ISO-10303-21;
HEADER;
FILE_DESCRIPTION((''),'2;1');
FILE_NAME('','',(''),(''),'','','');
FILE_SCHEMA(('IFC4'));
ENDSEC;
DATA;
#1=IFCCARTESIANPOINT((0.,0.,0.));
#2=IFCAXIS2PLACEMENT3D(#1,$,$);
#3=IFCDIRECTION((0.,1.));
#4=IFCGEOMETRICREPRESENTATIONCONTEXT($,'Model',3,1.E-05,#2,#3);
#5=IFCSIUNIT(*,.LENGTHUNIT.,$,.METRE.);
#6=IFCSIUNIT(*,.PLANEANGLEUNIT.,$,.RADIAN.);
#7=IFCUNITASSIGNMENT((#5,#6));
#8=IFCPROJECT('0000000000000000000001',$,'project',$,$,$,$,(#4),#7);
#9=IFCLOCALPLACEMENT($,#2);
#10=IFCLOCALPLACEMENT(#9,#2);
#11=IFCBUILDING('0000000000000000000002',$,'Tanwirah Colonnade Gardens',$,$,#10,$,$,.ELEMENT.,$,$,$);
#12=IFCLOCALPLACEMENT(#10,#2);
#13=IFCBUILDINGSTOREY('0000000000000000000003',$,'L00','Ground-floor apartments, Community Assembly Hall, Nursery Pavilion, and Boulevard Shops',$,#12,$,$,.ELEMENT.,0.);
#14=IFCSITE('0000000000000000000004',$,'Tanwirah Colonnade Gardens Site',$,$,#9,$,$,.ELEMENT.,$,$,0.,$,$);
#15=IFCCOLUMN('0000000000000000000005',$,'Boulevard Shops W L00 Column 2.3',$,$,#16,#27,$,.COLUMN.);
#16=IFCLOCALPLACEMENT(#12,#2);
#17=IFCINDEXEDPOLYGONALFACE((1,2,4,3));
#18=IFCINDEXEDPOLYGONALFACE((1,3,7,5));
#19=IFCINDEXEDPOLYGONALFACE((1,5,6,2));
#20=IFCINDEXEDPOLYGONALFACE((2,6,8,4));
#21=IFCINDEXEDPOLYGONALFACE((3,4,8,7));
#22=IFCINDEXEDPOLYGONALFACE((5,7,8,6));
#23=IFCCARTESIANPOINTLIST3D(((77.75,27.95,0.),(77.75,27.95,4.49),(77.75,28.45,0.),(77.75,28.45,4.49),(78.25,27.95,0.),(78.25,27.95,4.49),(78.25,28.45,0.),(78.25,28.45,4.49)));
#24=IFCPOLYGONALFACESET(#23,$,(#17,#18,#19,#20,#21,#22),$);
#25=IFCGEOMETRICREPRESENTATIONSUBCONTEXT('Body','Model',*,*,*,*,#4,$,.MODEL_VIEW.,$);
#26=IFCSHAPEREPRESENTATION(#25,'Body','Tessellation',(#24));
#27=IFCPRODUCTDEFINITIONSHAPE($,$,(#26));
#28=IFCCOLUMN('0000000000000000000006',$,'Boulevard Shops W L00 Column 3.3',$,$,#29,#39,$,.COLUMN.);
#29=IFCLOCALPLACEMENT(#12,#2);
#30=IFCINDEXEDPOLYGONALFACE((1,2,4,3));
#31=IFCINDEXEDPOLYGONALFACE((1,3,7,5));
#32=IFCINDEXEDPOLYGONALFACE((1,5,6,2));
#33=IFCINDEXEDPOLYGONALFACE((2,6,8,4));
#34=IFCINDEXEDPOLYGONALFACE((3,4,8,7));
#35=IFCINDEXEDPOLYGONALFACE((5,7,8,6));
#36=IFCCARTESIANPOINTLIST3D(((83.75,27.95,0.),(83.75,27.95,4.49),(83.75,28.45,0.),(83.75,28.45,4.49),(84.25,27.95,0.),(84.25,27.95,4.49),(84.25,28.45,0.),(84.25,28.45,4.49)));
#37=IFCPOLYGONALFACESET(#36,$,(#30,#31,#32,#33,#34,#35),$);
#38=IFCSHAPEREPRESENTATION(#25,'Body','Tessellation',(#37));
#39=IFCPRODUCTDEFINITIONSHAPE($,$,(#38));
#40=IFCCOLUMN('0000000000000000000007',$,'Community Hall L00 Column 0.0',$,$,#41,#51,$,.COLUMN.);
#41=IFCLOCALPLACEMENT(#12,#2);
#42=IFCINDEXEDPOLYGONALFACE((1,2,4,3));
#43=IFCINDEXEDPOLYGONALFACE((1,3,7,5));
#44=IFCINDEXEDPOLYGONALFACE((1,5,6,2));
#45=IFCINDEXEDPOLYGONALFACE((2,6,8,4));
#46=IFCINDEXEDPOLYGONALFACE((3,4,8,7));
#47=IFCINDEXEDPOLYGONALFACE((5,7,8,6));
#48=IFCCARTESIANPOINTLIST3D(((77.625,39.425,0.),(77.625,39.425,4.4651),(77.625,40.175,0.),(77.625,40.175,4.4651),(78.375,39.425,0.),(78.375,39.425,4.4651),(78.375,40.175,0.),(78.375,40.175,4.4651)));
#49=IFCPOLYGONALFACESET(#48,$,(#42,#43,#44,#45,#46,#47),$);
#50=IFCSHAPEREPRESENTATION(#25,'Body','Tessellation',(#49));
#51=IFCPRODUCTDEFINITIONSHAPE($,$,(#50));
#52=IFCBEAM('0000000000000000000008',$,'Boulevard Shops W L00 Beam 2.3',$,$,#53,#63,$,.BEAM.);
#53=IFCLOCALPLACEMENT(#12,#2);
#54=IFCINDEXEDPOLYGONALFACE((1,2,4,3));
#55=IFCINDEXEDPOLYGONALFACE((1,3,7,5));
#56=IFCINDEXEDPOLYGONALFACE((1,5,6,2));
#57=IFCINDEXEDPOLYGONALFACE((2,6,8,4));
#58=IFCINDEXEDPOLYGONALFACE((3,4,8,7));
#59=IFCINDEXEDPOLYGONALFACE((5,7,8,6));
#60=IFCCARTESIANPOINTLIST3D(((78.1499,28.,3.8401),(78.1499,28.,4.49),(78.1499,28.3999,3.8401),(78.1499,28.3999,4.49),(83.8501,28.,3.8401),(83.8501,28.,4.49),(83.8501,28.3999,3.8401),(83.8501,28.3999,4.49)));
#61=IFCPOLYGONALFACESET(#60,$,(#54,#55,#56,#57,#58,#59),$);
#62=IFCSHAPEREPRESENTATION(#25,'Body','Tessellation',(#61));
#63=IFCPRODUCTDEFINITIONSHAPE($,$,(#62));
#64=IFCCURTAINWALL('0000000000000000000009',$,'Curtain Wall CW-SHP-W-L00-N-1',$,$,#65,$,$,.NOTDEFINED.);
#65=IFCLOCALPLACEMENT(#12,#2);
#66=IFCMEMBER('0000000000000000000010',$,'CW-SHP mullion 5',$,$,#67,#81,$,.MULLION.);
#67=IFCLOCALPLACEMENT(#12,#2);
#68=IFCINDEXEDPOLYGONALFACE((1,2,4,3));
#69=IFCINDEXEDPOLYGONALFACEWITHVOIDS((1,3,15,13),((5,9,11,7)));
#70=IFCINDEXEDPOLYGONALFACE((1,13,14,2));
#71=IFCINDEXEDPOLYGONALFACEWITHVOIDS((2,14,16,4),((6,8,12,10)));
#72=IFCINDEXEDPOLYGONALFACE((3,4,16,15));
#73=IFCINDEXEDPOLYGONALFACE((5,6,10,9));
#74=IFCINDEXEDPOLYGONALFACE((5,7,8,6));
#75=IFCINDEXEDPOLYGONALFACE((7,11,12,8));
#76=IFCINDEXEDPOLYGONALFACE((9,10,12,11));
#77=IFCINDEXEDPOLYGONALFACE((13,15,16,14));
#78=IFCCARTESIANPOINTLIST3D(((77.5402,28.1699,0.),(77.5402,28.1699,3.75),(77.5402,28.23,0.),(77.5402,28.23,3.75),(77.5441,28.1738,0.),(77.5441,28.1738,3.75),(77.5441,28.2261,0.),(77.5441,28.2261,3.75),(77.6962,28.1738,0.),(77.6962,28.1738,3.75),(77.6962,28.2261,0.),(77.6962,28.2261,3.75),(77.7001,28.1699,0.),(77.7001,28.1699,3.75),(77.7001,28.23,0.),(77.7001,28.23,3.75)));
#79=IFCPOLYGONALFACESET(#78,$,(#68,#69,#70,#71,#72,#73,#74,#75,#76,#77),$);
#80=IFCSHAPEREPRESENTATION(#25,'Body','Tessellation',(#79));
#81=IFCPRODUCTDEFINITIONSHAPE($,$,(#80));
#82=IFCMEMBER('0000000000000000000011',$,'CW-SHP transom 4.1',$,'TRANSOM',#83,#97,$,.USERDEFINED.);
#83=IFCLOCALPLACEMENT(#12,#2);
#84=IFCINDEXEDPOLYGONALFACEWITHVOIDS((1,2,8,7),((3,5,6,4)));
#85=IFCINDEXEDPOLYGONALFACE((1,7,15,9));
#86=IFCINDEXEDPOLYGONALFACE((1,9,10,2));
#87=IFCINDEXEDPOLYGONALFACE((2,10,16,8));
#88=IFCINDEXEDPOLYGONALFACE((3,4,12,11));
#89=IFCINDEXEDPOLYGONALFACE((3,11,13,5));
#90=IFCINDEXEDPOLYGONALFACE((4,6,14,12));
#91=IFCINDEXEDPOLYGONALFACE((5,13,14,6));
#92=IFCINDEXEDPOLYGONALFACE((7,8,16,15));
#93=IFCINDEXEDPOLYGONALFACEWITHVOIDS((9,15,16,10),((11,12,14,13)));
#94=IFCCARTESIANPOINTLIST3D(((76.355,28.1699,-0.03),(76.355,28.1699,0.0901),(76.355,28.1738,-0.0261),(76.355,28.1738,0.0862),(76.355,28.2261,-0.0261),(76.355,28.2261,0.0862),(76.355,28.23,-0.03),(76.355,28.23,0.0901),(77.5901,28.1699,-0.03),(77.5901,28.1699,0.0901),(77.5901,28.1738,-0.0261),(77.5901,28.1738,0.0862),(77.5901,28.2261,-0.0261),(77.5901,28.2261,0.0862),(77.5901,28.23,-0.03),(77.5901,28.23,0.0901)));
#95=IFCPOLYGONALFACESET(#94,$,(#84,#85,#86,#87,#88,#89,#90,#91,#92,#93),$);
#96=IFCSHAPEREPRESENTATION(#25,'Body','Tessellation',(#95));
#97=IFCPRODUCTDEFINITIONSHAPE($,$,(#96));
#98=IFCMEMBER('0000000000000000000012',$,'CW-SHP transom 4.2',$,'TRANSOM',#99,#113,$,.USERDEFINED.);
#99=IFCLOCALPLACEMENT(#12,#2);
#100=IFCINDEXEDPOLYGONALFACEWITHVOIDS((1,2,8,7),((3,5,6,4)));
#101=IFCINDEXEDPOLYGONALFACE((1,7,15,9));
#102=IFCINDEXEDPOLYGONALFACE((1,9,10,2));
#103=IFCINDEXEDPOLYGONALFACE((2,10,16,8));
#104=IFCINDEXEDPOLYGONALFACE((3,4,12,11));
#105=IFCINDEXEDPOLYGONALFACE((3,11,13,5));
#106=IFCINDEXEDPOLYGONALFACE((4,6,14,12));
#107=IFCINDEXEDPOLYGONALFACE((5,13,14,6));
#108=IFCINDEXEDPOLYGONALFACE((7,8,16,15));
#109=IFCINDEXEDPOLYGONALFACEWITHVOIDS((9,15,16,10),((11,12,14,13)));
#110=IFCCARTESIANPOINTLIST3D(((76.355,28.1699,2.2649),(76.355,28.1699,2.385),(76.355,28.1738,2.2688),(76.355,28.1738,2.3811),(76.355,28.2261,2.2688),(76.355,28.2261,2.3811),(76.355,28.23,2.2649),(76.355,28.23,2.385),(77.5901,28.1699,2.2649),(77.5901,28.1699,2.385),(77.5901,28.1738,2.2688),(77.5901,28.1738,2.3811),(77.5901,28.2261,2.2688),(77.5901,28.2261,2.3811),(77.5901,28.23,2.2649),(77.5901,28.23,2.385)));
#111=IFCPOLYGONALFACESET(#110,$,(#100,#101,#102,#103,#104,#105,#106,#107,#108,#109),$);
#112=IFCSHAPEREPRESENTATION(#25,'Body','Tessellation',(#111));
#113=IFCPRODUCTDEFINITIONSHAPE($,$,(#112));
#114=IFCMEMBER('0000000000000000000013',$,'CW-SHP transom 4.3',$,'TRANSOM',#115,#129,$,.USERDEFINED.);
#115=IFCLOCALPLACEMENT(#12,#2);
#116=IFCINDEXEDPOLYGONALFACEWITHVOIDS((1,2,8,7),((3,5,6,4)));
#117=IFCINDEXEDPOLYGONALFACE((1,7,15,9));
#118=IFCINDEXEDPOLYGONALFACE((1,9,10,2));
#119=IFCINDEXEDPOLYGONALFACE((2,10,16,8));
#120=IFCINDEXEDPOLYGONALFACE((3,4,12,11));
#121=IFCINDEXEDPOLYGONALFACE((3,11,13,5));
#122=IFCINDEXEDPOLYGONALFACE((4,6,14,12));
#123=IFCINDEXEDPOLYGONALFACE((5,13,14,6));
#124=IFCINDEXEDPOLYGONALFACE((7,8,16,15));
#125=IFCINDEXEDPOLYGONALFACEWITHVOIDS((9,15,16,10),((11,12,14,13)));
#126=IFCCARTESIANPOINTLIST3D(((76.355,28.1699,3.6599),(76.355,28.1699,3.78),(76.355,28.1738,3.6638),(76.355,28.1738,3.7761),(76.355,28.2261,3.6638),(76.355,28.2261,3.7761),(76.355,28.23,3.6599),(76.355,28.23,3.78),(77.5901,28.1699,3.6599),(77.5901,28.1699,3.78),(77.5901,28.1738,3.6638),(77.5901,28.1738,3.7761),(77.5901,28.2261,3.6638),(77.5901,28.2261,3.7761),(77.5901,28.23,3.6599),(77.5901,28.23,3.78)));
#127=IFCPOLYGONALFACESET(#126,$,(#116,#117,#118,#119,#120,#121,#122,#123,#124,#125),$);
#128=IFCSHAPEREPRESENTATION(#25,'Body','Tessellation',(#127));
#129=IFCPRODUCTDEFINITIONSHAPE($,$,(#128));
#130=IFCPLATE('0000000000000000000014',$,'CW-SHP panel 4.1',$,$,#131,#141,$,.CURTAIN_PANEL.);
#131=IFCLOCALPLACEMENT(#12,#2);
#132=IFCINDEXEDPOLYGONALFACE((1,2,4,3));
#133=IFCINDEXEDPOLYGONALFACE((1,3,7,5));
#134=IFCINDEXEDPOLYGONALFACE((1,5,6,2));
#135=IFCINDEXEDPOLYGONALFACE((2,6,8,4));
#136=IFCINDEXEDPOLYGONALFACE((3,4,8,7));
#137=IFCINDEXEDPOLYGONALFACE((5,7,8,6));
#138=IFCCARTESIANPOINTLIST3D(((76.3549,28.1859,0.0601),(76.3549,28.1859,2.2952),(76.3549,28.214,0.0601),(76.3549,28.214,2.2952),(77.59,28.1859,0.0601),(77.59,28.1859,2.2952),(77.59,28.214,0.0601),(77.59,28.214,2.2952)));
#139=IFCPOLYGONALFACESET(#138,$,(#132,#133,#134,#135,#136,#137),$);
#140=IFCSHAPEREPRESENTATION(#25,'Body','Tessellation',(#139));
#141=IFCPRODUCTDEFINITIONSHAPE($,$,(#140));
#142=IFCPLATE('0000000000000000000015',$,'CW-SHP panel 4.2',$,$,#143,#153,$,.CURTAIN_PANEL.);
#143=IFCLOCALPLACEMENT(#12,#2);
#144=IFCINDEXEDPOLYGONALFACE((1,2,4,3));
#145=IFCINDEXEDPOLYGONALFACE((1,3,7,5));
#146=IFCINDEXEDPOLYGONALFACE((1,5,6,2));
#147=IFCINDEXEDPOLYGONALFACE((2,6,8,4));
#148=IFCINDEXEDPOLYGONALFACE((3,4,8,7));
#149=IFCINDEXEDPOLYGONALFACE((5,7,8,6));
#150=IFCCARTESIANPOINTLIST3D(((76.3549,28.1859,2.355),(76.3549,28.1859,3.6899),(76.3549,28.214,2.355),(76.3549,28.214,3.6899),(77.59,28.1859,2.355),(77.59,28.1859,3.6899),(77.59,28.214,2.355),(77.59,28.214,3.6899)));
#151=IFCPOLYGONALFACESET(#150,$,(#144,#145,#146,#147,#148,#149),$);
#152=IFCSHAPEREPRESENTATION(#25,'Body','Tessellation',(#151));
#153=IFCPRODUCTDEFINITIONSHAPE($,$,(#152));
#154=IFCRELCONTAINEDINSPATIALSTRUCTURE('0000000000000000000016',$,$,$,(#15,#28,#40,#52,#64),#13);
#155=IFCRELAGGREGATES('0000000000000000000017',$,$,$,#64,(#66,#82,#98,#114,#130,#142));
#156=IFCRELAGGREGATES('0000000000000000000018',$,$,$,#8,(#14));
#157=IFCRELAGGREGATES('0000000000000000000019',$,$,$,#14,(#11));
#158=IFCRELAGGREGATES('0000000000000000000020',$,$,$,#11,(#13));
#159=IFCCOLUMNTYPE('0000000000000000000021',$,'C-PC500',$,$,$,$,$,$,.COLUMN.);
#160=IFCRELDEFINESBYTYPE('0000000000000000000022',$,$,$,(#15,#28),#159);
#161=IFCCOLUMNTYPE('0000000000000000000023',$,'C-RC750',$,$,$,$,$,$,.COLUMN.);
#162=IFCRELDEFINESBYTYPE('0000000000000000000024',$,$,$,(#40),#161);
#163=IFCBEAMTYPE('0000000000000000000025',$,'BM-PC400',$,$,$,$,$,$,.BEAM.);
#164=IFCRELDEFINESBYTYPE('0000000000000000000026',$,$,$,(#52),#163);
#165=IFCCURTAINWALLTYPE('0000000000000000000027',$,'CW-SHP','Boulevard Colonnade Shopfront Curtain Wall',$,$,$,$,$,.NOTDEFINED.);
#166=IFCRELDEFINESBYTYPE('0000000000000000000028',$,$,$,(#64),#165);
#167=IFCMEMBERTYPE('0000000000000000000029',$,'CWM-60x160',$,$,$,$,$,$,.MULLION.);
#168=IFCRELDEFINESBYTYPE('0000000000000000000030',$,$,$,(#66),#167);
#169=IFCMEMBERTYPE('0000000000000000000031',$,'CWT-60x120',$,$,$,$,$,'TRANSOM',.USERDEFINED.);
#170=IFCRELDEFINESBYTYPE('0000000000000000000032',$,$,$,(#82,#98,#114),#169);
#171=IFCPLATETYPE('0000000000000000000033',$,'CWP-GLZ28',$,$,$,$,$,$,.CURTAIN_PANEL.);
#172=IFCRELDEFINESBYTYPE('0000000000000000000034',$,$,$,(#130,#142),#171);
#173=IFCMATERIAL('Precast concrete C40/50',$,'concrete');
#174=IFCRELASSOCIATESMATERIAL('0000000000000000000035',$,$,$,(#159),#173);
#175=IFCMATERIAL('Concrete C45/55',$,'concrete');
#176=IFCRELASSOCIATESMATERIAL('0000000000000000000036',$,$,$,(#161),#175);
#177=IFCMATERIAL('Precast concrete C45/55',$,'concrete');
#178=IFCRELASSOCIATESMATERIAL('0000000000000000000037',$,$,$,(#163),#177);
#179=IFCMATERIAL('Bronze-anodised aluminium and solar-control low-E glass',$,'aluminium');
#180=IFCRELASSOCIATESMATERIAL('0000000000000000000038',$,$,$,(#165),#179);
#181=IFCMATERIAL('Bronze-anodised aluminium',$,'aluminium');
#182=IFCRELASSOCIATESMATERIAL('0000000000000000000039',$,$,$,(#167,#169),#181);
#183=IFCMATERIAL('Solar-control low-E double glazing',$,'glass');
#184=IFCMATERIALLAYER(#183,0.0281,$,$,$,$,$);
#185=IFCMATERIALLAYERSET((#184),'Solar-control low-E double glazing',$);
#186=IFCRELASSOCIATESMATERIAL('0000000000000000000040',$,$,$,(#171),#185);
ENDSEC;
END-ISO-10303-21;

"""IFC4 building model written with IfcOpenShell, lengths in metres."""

from ifc_helpers import new_model, si_unit, direction, frame, origin, origin_2d, place, context, subcontext, project, spatial, rectangle, hollow_rectangle, extrude, material, layer, layer_set, material_profile, profile_set, type_object, element, aggregate, save


model = new_model("IFC4")

# Units and contexts
model_context = context("Model", 3, precision=1e-05, world=origin(), true_north=direction((0.0, 1.0)))
body_context = subcontext(model_context, "Body", "Model", "MODEL_VIEW")
ifc_project = project(units=[si_unit("LENGTHUNIT", "METRE"), si_unit("PLANEANGLEUNIT", "RADIAN")], contexts=[model_context])

# Site, building, storey
site_placement = place(None, origin())
site = spatial("IfcSite", under=ifc_project, at=site_placement, Name="Tanwirah Colonnade Gardens Site", CompositionType="ELEMENT", RefElevation=0.0)
building_placement = place(site_placement, origin())
building = spatial("IfcBuilding", under=site, at=building_placement, Name="Tanwirah Colonnade Gardens", CompositionType="ELEMENT")
storey_placement = place(building_placement, origin())
storey = spatial("IfcBuildingStorey", under=building, at=storey_placement, Name="L00", Description="Ground-floor apartments, Community Assembly Hall, Nursery Pavilion, and Boulevard Shops", CompositionType="ELEMENT", Elevation=0.0)

# Columns
ifc_material_1 = material(Name="Precast concrete C40/50", Category="concrete")
ifc_material_profile_1 = material_profile(ifc_material_1, rectangle(XDim=0.5, YDim=0.5, at=origin_2d()), Name="PC-COL 500x500")
ifc_profile_set_1 = profile_set([ifc_material_profile_1], Name="Precast concrete C40/50")
column_type_1 = type_object("IfcColumnType", Name="C-PC500", PredefinedType="COLUMN", material=ifc_profile_set_1)
for number, where, z_axis, x_axis, name in (
    (1, (78.0, 28.2, 0.0), (0.0, 0.0, 1.0), (1.0, 0.0, 0.0), "Boulevard Shops W L00 Column 2.3"),
    (2, (84.0, 28.2, 0.0), (0.0, 0.0, 1.0), (1.0, 0.0, 0.0), "Boulevard Shops W L00 Column 3.3"),
):
    element("IfcColumn", number, at=place(storey_placement, frame(where, z_axis=z_axis, x_axis=x_axis)), inside=storey, type_object=column_type_1, Name=name, PredefinedType="COLUMN", context=body_context, shape_type="SweptSolid", body=[
        extrude(rectangle(XDim=0.5, YDim=0.5, at=origin_2d()), origin(), (0.0, 0.0, 1.0), 4.49),
    ])
ifc_material_2 = material(Name="Concrete C45/55", Category="concrete")
ifc_material_profile_2 = material_profile(ifc_material_2, rectangle(XDim=0.75, YDim=0.75, at=origin_2d()), Name="RC-COL 750x750")
ifc_profile_set_2 = profile_set([ifc_material_profile_2], Name="Concrete C45/55")
column_type_2 = type_object("IfcColumnType", Name="C-RC750", PredefinedType="COLUMN", material=ifc_profile_set_2)
column_placement = place(storey_placement, frame((78.0, 39.8, 0.0), z_axis=(0.0, 0.0, 1.0), x_axis=(1.0, 0.0, 0.0)))
element("IfcColumn", 3, at=column_placement, inside=storey, type_object=column_type_2, Name="Community Hall L00 Column 0.0", PredefinedType="COLUMN", context=body_context, shape_type="SweptSolid", body=[
    extrude(rectangle(XDim=0.75, YDim=0.75, at=origin_2d()), origin(), (0.0, 0.0, 1.0), 4.4651),
])

# Beam
ifc_material_3 = material(Name="Precast concrete C45/55", Category="concrete")
ifc_material_profile_3 = material_profile(ifc_material_3, rectangle(XDim=0.3999, YDim=0.6499, at=origin_2d()), Name="PC-BM 400x650")
ifc_profile_set_3 = profile_set([ifc_material_profile_3], Name="Precast concrete C45/55")
beam_type = type_object("IfcBeamType", Name="BM-PC400", PredefinedType="BEAM", material=ifc_profile_set_3)
beam_placement = place(storey_placement, frame((78.1499, 28.2, 4.165), z_axis=(1.0, 0.0, 0.0), x_axis=(0.0, 1.0, 0.0)))
element("IfcBeam", 4, at=beam_placement, inside=storey, type_object=beam_type, Name="Boulevard Shops W L00 Beam 2.3", PredefinedType="BEAM", context=body_context, shape_type="SweptSolid", body=[
    extrude(rectangle(XDim=0.3999, YDim=0.6499, at=origin_2d()), origin(), (0.0, 0.0, 1.0), 5.7002),
])

# Curtain wall, members, plates
ifc_material_4 = material(Name="Bronze-anodised aluminium and solar-control low-E glass", Category="aluminium")
curtain_wall_type = type_object("IfcCurtainWallType", Name="CW-SHP", Description="Boulevard Colonnade Shopfront Curtain Wall", PredefinedType="NOTDEFINED", material=ifc_material_4)
curtain_wall_placement = place(storey_placement, origin())
curtain_wall = element("IfcCurtainWall", 5, at=curtain_wall_placement, inside=storey, type_object=curtain_wall_type, Name="Curtain Wall CW-SHP-W-L00-N-1", PredefinedType="NOTDEFINED")
ifc_material_5 = material(Name="Bronze-anodised aluminium", Category="aluminium")
ifc_material_profile_4 = material_profile(ifc_material_5, hollow_rectangle(XDim=0.0601, YDim=0.1599, WallThickness=0.0039, at=origin_2d()), Name="CW-MUL 60x160x4")
ifc_profile_set_4 = profile_set([ifc_material_profile_4], Name="Bronze-anodised aluminium")
member_type_1 = type_object("IfcMemberType", Name="CWM-60x160", PredefinedType="MULLION", material=ifc_profile_set_4)
member_1_placement = place(storey_placement, frame((77.6201, 28.2, 0.0), z_axis=(0.0, 0.0, 1.0), x_axis=(0.0, 1.0, 0.0)))
member_1 = element("IfcMember", 6, at=member_1_placement, type_object=member_type_1, Name="CW-SHP mullion 5", PredefinedType="MULLION", context=body_context, shape_type="SweptSolid", body=[
    extrude(hollow_rectangle(XDim=0.0601, YDim=0.1599, WallThickness=0.0039, at=origin_2d()), origin(), (0.0, 0.0, 1.0), 3.75),
])
ifc_material_profile_5 = material_profile(ifc_material_5, hollow_rectangle(XDim=0.0601, YDim=0.1201, WallThickness=0.0039, at=origin_2d()), Name="CW-TRN 60x120x4")
ifc_profile_set_5 = profile_set([ifc_material_profile_5], Name="Bronze-anodised aluminium")
member_type_2 = type_object("IfcMemberType", Name="CWT-60x120", ElementType="TRANSOM", PredefinedType="USERDEFINED", material=ifc_profile_set_5)
member_2_placement = place(storey_placement, frame((76.355, 28.2, 0.03), z_axis=(1.0, 0.0, 0.0), x_axis=(0.0, 1.0, 0.0)))
member_2 = element("IfcMember", 7, at=member_2_placement, type_object=member_type_2, Name="CW-SHP transom 4.1", ObjectType="TRANSOM", PredefinedType="USERDEFINED", context=body_context, shape_type="SweptSolid", body=[
    extrude(hollow_rectangle(XDim=0.0601, YDim=0.1201, WallThickness=0.0039, at=origin_2d()), origin(), (0.0, 0.0, 1.0), 1.2351),
])
member_3_placement = place(storey_placement, frame((76.355, 28.2, 2.325), z_axis=(1.0, 0.0, 0.0), x_axis=(0.0, 1.0, 0.0)))
member_3 = element("IfcMember", 8, at=member_3_placement, type_object=member_type_2, Name="CW-SHP transom 4.2", ObjectType="TRANSOM", PredefinedType="USERDEFINED", context=body_context, shape_type="SweptSolid", body=[
    extrude(hollow_rectangle(XDim=0.0601, YDim=0.1201, WallThickness=0.0039, at=origin_2d()), origin(), (0.0, 0.0, 1.0), 1.2351),
])
member_4_placement = place(storey_placement, frame((76.355, 28.2, 3.72), z_axis=(1.0, 0.0, 0.0), x_axis=(0.0, 1.0, 0.0)))
member_4 = element("IfcMember", 9, at=member_4_placement, type_object=member_type_2, Name="CW-SHP transom 4.3", ObjectType="TRANSOM", PredefinedType="USERDEFINED", context=body_context, shape_type="SweptSolid", body=[
    extrude(hollow_rectangle(XDim=0.0601, YDim=0.1201, WallThickness=0.0039, at=origin_2d()), origin(), (0.0, 0.0, 1.0), 1.2351),
])
ifc_material_6 = material(Name="Solar-control low-E double glazing", Category="glass")
ifc_layer_1 = layer(ifc_material_6, 0.0281)
ifc_layer_set_1 = layer_set([ifc_layer_1], Name="Solar-control low-E double glazing")
plate_type = type_object("IfcPlateType", Name="CWP-GLZ28", PredefinedType="CURTAIN_PANEL", material=ifc_layer_set_1)
plate_1_placement = place(storey_placement, frame((76.9724, 28.2, 0.0601), z_axis=(0.0, 0.0, 1.0), x_axis=(1.0, 0.0, 0.0)))
plate_1 = element("IfcPlate", 10, at=plate_1_placement, type_object=plate_type, Name="CW-SHP panel 4.1", PredefinedType="CURTAIN_PANEL", context=body_context, shape_type="SweptSolid", body=[
    extrude(rectangle(XDim=1.2351, YDim=0.0281, at=origin_2d()), origin(), (0.0, 0.0, 1.0), 2.2351),
])
plate_2_placement = place(storey_placement, frame((76.9724, 28.2, 2.355), z_axis=(0.0, 0.0, 1.0), x_axis=(1.0, 0.0, 0.0)))
plate_2 = element("IfcPlate", 11, at=plate_2_placement, type_object=plate_type, Name="CW-SHP panel 4.2", PredefinedType="CURTAIN_PANEL", context=body_context, shape_type="SweptSolid", body=[
    extrude(rectangle(XDim=1.2351, YDim=0.0281, at=origin_2d()), origin(), (0.0, 0.0, 1.0), 1.335),
])
aggregate(curtain_wall, [member_1, member_2, member_3, member_4, plate_1, plate_2])

save(model, "model.ifc")
